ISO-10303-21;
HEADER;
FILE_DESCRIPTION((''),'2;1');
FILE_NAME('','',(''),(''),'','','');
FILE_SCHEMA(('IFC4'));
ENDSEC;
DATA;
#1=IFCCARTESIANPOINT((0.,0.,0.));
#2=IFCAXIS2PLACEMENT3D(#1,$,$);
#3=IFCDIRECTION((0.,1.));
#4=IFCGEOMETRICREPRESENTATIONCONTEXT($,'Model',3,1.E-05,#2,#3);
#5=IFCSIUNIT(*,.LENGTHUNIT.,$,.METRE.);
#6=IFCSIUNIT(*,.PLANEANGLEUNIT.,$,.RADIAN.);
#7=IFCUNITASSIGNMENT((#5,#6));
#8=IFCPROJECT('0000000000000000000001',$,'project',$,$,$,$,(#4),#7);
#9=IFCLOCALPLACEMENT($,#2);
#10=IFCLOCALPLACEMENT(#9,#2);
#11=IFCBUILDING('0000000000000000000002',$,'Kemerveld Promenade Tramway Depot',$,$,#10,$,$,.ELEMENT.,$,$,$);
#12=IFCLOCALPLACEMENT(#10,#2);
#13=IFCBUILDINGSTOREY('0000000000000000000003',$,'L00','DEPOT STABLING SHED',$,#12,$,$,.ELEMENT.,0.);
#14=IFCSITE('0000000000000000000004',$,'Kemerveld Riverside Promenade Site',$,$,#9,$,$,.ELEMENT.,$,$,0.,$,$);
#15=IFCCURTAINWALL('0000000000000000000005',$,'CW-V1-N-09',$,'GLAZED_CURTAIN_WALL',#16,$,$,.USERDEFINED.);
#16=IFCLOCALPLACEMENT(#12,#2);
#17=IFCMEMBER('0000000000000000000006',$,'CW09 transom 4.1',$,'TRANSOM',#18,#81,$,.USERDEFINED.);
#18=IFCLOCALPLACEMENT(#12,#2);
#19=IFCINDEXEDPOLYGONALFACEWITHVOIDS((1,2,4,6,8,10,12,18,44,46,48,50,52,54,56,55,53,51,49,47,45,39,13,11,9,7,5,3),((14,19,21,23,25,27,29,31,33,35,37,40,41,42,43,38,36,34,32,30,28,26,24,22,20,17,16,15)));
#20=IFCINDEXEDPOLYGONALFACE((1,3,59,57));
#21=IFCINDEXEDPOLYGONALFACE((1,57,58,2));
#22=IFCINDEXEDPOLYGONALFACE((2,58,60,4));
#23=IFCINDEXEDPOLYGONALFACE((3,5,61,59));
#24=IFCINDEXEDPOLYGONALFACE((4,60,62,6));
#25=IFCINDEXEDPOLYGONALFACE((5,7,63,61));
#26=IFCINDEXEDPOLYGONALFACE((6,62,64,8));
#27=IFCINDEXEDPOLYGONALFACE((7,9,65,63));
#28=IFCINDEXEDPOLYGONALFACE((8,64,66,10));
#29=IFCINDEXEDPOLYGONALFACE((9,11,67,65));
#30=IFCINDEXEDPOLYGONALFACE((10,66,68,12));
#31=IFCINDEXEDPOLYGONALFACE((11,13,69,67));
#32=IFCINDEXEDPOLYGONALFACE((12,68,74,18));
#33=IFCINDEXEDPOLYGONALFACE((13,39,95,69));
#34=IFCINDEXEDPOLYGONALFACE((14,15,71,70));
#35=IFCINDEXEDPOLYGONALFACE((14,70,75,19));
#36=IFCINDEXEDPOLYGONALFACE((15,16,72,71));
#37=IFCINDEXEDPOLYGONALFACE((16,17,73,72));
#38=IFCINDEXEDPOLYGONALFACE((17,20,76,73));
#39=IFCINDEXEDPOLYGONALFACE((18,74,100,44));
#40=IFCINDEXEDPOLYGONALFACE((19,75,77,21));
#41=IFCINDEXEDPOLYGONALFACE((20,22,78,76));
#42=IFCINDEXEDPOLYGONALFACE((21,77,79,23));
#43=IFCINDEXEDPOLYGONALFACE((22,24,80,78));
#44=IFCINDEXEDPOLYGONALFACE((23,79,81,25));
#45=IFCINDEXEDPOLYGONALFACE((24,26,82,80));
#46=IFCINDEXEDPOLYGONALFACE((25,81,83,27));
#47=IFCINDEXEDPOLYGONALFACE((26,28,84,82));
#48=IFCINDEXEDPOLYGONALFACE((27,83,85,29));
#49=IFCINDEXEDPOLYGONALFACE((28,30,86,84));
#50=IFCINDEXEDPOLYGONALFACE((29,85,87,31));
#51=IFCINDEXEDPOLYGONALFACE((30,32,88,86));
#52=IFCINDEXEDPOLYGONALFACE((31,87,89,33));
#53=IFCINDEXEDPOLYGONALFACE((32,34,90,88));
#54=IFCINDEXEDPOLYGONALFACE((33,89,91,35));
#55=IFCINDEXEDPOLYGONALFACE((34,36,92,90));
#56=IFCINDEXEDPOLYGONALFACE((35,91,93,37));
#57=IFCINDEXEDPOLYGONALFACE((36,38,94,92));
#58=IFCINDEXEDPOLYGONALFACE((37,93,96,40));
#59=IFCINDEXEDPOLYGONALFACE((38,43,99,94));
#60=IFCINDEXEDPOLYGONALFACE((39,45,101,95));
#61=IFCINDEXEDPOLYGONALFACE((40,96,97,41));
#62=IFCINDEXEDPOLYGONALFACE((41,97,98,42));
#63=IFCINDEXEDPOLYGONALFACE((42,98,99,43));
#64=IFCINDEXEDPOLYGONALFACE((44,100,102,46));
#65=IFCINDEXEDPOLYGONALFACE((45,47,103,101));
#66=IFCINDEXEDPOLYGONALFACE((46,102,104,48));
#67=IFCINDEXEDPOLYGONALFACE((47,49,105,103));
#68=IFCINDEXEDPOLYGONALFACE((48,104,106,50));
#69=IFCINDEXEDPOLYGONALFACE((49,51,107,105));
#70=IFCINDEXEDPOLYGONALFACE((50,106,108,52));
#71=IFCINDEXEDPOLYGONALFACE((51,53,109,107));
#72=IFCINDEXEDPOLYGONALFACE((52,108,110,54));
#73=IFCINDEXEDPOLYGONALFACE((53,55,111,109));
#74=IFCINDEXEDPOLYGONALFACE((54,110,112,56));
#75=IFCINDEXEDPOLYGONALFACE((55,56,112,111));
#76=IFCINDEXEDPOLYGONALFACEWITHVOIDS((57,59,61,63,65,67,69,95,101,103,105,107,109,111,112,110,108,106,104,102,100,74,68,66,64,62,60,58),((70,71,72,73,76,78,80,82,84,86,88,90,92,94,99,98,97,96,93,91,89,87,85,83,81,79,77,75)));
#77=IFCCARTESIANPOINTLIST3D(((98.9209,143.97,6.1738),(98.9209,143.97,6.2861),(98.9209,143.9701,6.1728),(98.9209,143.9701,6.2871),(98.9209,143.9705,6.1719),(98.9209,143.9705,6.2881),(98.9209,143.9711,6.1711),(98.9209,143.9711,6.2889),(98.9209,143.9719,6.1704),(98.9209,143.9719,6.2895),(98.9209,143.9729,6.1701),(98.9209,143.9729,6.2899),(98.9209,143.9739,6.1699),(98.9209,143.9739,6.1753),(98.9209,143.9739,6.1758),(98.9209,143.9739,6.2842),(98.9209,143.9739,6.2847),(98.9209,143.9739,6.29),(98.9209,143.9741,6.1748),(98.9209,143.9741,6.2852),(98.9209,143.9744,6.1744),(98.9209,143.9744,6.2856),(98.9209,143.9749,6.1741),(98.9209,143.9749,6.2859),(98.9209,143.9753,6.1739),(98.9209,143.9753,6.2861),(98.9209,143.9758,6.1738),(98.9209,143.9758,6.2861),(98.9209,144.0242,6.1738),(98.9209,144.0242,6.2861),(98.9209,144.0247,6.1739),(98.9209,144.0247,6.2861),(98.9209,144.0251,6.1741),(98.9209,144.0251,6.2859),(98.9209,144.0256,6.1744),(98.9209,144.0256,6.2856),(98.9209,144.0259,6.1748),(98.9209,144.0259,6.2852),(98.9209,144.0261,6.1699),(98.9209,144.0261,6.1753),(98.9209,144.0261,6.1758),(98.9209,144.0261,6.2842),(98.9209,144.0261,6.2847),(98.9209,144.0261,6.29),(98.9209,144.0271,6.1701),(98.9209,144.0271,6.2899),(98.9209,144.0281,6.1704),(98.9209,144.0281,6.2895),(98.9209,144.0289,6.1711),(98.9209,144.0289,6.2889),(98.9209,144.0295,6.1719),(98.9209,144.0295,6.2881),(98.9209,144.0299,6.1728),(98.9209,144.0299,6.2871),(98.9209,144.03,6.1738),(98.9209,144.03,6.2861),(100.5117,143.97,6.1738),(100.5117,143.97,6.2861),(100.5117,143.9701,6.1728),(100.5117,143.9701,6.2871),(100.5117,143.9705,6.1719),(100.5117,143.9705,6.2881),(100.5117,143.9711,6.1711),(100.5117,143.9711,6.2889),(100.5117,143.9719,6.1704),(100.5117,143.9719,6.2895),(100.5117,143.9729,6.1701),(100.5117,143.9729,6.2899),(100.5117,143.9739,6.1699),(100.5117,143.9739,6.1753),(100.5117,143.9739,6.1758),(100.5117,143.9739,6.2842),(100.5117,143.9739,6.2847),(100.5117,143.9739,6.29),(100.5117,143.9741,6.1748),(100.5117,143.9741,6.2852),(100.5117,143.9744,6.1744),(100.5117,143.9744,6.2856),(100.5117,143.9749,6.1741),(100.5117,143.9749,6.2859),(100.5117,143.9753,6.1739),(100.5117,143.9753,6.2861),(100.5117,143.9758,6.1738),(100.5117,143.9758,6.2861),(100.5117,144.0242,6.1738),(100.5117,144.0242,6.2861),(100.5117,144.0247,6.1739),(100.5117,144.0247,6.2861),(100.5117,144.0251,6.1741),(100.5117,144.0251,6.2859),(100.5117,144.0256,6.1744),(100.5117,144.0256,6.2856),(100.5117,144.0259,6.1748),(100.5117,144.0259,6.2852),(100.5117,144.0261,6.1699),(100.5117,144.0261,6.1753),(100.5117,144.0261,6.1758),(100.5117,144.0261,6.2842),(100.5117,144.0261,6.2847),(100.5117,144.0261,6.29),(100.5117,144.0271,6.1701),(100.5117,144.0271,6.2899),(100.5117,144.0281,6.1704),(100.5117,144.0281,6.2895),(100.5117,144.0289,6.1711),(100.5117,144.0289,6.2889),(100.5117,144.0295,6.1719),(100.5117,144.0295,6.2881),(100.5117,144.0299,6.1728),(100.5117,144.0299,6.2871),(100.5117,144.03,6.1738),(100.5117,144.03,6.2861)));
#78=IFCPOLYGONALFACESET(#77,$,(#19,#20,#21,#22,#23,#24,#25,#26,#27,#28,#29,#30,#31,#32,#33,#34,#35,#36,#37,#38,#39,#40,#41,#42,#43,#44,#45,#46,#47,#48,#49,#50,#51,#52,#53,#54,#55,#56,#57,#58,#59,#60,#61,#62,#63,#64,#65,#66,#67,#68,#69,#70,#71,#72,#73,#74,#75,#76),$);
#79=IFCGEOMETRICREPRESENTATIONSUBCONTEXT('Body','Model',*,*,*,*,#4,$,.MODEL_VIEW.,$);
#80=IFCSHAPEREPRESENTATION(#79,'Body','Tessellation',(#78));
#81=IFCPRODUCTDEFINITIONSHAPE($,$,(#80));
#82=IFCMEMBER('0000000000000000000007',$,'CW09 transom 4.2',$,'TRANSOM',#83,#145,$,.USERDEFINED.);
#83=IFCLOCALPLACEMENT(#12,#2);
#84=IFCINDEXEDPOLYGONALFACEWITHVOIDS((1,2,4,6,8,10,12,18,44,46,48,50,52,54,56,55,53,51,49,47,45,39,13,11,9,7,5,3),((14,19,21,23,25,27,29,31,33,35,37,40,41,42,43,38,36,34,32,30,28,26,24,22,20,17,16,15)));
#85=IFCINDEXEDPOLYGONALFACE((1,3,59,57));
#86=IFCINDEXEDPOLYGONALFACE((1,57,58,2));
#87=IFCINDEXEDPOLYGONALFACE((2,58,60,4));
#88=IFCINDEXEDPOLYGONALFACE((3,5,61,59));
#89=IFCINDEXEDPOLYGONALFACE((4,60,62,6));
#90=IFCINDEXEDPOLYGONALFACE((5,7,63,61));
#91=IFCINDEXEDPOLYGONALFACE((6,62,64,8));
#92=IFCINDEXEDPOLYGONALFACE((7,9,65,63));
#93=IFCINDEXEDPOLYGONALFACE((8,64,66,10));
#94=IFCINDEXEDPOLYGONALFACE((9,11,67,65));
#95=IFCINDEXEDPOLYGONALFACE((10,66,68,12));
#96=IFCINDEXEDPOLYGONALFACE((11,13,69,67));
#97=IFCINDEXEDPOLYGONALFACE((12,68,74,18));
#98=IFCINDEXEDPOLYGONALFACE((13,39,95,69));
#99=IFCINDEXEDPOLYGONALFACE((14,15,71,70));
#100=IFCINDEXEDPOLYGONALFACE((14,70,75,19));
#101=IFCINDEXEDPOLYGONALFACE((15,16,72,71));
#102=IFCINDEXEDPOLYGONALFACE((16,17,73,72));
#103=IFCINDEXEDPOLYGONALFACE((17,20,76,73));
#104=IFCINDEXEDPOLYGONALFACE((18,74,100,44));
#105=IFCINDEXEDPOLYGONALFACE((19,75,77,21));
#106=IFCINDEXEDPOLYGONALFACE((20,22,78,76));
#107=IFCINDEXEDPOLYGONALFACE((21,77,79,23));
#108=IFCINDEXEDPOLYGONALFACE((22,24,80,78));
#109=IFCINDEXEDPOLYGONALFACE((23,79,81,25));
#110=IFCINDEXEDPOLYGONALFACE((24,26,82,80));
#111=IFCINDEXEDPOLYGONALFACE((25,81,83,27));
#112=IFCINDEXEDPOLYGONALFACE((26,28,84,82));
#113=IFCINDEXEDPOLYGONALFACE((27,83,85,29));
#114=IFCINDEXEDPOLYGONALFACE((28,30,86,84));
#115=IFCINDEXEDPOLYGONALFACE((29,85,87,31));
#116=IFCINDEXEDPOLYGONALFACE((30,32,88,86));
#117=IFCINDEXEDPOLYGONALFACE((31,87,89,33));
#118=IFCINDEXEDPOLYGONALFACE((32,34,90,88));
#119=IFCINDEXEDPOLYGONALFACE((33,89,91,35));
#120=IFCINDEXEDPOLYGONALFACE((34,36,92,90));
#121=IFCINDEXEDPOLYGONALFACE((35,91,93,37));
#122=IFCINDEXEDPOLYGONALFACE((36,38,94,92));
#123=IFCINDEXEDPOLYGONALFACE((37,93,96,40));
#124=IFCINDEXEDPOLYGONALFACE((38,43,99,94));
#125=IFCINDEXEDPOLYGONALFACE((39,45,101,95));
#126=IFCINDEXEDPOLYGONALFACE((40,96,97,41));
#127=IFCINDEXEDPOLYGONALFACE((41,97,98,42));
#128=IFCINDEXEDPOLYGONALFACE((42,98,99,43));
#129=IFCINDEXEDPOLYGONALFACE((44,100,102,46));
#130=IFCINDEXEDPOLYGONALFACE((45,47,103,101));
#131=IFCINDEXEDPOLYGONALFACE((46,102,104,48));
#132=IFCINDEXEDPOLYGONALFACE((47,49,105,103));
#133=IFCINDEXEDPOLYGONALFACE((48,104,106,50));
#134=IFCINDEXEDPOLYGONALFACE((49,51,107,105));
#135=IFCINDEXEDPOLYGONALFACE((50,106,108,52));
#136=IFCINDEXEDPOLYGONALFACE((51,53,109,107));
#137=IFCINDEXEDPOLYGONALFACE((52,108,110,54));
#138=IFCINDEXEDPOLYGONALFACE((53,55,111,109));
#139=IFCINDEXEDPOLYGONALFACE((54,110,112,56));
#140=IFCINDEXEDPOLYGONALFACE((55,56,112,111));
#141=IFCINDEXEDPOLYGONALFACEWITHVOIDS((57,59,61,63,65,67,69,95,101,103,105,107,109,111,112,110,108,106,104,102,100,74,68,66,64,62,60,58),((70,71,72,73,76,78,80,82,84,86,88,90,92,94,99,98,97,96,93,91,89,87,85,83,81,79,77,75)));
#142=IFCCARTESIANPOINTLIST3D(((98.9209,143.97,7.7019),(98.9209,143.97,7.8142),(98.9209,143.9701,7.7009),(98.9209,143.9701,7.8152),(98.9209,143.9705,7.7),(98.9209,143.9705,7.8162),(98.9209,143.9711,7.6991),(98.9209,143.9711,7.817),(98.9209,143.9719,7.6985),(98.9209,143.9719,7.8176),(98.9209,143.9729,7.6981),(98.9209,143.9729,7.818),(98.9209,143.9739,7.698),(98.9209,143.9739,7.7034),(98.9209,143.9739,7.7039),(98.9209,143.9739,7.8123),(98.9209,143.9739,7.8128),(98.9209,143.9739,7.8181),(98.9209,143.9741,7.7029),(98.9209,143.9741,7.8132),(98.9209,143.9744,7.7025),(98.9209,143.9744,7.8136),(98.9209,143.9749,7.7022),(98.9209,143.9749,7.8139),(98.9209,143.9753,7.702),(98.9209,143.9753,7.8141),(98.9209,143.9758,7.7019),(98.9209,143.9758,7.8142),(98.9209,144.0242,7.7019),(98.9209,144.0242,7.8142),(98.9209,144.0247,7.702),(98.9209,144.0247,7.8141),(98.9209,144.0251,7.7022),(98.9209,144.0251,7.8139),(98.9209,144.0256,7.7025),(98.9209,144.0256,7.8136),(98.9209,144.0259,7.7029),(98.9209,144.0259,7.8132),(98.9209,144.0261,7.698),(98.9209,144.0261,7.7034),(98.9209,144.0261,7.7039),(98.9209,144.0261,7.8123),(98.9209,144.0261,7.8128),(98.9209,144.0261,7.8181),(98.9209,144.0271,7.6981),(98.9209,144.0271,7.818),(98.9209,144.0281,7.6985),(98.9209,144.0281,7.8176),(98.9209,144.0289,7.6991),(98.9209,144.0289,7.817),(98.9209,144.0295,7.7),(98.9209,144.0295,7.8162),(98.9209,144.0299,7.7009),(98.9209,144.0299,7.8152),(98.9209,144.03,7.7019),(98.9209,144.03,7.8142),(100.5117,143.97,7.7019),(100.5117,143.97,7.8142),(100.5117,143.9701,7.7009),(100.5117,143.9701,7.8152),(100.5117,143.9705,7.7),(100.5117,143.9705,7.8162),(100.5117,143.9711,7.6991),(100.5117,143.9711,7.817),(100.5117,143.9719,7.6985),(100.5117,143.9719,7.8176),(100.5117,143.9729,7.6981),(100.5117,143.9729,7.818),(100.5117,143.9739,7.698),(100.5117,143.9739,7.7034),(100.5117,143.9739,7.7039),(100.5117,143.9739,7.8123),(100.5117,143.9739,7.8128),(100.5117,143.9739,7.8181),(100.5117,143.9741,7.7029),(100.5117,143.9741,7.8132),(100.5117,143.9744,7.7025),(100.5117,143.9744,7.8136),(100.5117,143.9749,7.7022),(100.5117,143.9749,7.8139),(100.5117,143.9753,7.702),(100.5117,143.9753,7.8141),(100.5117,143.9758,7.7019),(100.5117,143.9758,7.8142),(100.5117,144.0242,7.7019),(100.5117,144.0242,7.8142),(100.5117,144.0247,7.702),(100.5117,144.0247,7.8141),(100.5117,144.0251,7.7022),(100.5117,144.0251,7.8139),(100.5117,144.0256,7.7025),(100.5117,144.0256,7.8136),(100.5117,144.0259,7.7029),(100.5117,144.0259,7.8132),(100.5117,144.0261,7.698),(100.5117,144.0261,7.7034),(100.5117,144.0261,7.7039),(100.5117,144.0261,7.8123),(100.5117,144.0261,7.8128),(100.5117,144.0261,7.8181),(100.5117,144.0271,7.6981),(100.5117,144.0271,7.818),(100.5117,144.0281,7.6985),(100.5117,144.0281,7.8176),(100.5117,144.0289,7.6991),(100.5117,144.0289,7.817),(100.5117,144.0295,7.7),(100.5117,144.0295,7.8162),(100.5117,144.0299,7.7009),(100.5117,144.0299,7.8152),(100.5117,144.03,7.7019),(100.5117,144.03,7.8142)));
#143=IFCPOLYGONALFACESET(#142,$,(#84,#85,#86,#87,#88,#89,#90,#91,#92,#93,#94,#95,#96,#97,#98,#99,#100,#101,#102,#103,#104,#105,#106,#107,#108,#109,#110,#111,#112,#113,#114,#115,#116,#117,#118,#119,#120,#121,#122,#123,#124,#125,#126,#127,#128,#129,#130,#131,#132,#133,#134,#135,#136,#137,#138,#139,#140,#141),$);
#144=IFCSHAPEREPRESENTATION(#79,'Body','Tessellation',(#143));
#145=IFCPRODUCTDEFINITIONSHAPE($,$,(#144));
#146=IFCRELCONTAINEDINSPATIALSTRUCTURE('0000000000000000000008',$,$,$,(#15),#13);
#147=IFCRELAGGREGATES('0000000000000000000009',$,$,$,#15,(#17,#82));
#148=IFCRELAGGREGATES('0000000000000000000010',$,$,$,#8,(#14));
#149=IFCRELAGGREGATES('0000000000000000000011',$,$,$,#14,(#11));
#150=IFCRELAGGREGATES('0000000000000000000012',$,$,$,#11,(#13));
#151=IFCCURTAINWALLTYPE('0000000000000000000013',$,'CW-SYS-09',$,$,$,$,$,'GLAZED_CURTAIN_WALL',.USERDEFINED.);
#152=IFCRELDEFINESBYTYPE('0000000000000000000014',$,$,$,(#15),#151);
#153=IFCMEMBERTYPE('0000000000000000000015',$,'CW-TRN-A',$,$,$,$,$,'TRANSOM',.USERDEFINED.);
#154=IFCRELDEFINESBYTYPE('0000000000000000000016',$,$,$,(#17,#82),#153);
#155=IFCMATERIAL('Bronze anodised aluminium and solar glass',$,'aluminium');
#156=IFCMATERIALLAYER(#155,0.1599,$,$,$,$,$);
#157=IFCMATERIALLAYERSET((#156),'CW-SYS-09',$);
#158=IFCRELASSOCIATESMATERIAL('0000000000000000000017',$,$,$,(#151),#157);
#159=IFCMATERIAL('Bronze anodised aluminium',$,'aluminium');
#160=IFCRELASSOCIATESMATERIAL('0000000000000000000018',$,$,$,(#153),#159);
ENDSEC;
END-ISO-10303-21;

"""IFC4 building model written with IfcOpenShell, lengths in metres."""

from ifc_helpers import new_model, si_unit, direction, frame, origin, origin_2d, place, context, subcontext, project, spatial, hollow_rectangle, extrude, material, layer, layer_set, material_profile, profile_set, type_object, element, aggregate, save


model = new_model("IFC4")

# Units and contexts
model_context = context("Model", 3, precision=1e-05, world=origin(), true_north=direction((0.0, 1.0)))
body_context = subcontext(model_context, "Body", "Model", "MODEL_VIEW")
ifc_project = project(units=[si_unit("LENGTHUNIT", "METRE"), si_unit("PLANEANGLEUNIT", "RADIAN")], contexts=[model_context])

# Site, building, storey
site_placement = place(None, origin())
site = spatial("IfcSite", under=ifc_project, at=site_placement, Name="Kemerveld Riverside Promenade Site", CompositionType="ELEMENT", RefElevation=0.0)
building_placement = place(site_placement, origin())
building = spatial("IfcBuilding", under=site, at=building_placement, Name="Kemerveld Promenade Tramway Depot", CompositionType="ELEMENT")
storey_placement = place(building_placement, origin())
storey = spatial("IfcBuildingStorey", under=building, at=storey_placement, Name="L00", Description="DEPOT STABLING SHED", CompositionType="ELEMENT", Elevation=0.0)

# Curtain wall
ifc_material_1 = material(Name="Bronze anodised aluminium and solar glass", Category="aluminium")
ifc_layer_1 = layer(ifc_material_1, 0.1599)
ifc_layer_set_1 = layer_set([ifc_layer_1], Name="CW-SYS-09")
curtain_wall_type_1 = type_object("IfcCurtainWallType", Name="CW-SYS-09", ElementType="GLAZED_CURTAIN_WALL", PredefinedType="USERDEFINED", material=ifc_layer_set_1)
curtain_wall_1_placement = place(storey_placement, origin())
curtain_wall_1 = element("IfcCurtainWall", 1, at=curtain_wall_1_placement, inside=storey, type_object=curtain_wall_type_1, Name="CW-V1-N-09", ObjectType="GLAZED_CURTAIN_WALL", PredefinedType="USERDEFINED")
ifc_material_2 = material(Name="Bronze anodised aluminium", Category="aluminium")

# Members
ifc_material_profile_1 = material_profile(ifc_material_2, hollow_rectangle(XDim=0.0601, YDim=0.1201, WallThickness=0.0039, InnerFilletRadius=0.002, OuterFilletRadius=0.0039, at=origin_2d()), Name="CW-TRN-120x60")
ifc_profile_set_1 = profile_set([ifc_material_profile_1], Name="Bronze anodised aluminium")
member_type_1 = type_object("IfcMemberType", Name="CW-TRN-A", ElementType="TRANSOM", PredefinedType="USERDEFINED", material=ifc_profile_set_1)
member_1_placement = place(storey_placement, frame((98.9209, 144.0, 6.23), z_axis=(1.0, 0.0, 0.0), x_axis=(0.0, 1.0, 0.0)))
member_1 = element("IfcMember", 2, at=member_1_placement, type_object=member_type_1, Name="CW09 transom 4.1", ObjectType="TRANSOM", PredefinedType="USERDEFINED", context=body_context, shape_type="SweptSolid", body=[
    extrude(hollow_rectangle(XDim=0.0601, YDim=0.1201, WallThickness=0.0039, InnerFilletRadius=0.002, OuterFilletRadius=0.0039, at=origin_2d()), origin(), (0.0, 0.0, 1.0), 1.5908),
])
member_2_placement = place(storey_placement, frame((98.9209, 144.0, 7.7581), z_axis=(1.0, 0.0, 0.0), x_axis=(0.0, 1.0, 0.0)))
member_2 = element("IfcMember", 3, at=member_2_placement, type_object=member_type_1, Name="CW09 transom 4.2", ObjectType="TRANSOM", PredefinedType="USERDEFINED", context=body_context, shape_type="SweptSolid", body=[
    extrude(hollow_rectangle(XDim=0.0601, YDim=0.1201, WallThickness=0.0039, InnerFilletRadius=0.002, OuterFilletRadius=0.0039, at=origin_2d()), origin(), (0.0, 0.0, 1.0), 1.5908),
])

aggregate(curtain_wall_1, [member_1, member_2])

save(model, "model.ifc")
